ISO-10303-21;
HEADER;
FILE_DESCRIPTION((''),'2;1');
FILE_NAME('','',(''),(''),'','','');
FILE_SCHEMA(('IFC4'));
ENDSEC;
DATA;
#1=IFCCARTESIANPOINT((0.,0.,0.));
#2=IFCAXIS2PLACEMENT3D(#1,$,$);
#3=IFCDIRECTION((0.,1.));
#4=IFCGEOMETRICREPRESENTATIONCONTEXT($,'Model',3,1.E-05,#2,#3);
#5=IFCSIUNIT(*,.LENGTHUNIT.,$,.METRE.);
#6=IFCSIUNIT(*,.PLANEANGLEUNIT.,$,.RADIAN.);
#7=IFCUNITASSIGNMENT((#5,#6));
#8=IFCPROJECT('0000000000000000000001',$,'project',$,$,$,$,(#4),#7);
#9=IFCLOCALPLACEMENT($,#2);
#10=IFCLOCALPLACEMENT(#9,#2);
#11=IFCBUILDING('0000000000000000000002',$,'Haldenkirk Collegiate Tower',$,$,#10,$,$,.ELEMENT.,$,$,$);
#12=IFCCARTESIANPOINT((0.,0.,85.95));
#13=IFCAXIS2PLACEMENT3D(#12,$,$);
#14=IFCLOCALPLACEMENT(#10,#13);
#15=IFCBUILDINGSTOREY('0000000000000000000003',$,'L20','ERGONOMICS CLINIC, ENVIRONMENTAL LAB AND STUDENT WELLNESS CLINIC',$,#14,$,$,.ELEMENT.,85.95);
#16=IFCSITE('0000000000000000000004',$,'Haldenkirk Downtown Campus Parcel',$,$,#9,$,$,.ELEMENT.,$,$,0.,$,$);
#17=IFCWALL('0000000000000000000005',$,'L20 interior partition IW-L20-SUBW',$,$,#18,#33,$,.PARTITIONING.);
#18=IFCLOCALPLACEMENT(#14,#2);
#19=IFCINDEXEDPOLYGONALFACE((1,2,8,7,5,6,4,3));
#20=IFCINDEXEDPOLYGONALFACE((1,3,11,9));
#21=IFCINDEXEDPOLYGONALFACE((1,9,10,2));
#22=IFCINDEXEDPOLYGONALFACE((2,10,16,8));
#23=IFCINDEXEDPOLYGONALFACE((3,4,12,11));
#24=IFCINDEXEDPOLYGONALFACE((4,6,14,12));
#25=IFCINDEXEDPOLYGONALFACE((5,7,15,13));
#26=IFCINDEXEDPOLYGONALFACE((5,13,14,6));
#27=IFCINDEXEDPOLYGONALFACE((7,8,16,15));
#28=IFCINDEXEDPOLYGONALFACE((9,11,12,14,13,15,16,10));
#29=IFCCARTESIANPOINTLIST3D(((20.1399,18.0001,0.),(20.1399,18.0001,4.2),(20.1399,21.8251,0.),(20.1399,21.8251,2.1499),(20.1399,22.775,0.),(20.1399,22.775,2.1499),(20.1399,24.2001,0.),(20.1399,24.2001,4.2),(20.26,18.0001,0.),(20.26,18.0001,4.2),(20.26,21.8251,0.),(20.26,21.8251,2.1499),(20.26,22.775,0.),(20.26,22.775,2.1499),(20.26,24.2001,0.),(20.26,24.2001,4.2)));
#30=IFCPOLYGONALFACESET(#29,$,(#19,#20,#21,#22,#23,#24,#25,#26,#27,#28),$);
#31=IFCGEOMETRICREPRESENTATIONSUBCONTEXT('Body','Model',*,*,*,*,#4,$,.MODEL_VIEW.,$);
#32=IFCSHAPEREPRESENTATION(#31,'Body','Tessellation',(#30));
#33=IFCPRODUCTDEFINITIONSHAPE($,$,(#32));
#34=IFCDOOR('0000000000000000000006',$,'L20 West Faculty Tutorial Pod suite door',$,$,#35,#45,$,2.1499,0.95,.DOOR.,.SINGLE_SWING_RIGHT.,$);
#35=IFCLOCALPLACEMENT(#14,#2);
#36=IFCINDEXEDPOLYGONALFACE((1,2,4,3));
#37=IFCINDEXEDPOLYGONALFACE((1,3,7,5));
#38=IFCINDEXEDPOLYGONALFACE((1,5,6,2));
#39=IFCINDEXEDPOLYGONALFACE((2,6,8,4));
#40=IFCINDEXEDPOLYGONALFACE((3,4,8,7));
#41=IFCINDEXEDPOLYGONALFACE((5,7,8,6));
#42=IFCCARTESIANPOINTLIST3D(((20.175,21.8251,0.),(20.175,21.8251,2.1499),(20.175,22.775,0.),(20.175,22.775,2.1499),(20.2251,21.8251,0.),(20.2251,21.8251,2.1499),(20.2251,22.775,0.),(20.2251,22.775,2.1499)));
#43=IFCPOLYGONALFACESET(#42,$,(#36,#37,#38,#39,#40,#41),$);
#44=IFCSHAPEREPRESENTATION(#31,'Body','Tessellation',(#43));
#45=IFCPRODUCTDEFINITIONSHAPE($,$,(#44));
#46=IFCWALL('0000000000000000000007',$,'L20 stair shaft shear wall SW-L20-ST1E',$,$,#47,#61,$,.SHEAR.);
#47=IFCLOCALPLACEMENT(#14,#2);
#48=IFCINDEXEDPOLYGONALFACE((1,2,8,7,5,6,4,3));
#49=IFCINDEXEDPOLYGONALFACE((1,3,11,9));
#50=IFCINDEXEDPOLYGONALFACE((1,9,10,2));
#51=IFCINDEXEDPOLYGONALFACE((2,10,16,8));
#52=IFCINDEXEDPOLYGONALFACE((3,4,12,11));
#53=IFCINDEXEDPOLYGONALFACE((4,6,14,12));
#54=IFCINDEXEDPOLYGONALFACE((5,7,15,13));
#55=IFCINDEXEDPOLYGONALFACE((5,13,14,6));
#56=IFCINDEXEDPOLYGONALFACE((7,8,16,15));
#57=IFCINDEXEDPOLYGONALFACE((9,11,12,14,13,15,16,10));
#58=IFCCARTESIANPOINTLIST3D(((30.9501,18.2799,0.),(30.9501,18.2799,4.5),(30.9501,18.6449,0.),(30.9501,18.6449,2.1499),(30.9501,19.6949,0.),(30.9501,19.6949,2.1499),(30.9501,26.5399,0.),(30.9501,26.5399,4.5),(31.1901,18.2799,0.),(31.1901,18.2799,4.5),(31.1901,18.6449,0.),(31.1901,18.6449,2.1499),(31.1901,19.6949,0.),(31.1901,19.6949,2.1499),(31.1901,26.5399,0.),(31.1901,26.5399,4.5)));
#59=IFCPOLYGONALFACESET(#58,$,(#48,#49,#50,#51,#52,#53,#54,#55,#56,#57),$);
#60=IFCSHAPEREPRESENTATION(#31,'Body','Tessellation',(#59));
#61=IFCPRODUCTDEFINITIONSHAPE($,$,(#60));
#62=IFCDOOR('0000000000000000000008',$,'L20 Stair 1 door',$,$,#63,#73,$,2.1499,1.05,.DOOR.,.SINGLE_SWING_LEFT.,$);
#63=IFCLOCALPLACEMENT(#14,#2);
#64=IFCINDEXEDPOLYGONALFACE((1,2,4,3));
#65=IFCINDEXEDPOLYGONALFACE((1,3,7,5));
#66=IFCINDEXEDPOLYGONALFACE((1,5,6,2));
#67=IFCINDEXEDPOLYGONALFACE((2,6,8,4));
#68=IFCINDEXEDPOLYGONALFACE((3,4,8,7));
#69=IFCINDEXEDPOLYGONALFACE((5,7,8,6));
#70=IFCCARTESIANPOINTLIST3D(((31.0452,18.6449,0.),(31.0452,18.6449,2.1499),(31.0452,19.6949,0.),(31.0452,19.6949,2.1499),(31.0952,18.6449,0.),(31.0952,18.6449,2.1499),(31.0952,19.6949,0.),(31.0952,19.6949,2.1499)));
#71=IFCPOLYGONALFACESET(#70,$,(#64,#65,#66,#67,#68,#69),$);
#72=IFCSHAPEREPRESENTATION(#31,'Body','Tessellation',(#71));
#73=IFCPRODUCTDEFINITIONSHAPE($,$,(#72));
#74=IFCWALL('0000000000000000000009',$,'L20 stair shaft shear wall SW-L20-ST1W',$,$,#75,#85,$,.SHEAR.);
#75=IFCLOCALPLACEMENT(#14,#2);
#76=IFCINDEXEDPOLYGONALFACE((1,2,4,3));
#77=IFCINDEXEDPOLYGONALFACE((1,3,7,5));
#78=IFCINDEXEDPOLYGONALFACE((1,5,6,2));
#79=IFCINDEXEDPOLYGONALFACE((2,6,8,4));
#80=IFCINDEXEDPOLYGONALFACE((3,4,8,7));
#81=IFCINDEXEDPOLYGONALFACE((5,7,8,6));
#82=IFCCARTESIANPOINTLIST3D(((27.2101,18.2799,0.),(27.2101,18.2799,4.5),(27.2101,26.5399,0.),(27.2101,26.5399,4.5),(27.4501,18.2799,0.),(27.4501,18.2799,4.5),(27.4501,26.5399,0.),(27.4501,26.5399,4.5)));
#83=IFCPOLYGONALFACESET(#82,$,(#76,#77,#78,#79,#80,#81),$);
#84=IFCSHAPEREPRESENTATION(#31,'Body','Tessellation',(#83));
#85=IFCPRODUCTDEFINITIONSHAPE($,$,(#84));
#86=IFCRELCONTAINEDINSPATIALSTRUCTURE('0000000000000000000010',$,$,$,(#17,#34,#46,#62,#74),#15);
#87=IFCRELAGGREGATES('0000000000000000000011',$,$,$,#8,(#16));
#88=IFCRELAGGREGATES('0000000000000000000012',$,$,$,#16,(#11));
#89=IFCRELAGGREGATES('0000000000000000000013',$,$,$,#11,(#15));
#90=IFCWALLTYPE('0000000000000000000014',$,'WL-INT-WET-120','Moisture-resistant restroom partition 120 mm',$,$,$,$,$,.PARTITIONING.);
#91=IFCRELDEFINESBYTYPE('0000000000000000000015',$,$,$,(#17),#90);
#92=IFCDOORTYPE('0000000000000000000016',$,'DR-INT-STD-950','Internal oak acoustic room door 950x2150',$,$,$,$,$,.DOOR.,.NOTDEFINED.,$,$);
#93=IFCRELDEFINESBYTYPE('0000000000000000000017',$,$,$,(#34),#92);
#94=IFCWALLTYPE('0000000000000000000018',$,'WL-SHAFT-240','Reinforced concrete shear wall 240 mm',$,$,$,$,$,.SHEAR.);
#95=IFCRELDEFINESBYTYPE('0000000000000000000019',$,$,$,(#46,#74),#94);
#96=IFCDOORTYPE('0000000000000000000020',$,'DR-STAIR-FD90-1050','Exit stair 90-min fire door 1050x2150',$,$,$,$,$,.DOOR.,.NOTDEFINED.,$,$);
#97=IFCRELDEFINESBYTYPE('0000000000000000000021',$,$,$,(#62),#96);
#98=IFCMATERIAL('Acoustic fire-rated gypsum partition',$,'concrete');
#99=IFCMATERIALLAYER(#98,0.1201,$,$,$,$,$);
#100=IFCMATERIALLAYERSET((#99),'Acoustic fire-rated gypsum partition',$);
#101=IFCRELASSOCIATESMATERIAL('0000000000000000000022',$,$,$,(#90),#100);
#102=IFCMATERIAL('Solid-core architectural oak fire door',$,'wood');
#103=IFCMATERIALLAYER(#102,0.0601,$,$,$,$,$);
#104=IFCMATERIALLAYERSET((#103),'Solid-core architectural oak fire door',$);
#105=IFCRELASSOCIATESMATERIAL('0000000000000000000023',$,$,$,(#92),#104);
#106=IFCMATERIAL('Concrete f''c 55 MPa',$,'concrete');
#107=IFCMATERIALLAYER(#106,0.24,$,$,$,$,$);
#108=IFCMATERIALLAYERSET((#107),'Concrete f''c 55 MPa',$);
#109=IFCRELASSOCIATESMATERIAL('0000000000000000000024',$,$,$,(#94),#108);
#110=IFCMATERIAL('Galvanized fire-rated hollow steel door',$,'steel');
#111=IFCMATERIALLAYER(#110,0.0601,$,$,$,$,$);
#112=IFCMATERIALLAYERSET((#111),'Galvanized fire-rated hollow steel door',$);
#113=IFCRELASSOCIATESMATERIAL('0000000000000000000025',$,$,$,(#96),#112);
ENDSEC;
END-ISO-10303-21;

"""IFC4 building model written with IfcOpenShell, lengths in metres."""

from ifc_helpers import new_model, si_unit, direction, frame, frame_2d, origin, place, context, subcontext, project, spatial, rectangle, extrude, material, layer, layer_set, type_object, element, fill, save


model = new_model("IFC4")

# Units and contexts
model_context = context("Model", 3, precision=1e-05, world=origin(), true_north=direction((0.0, 1.0)))
body_context = subcontext(model_context, "Body", "Model", "MODEL_VIEW")
ifc_project = project(units=[si_unit("LENGTHUNIT", "METRE"), si_unit("PLANEANGLEUNIT", "RADIAN")], contexts=[model_context])

# Site, building, storey
site_placement = place(None, origin())
site = spatial("IfcSite", under=ifc_project, at=site_placement, Name="Haldenkirk Downtown Campus Parcel", CompositionType="ELEMENT", RefElevation=0.0)
building_placement = place(site_placement, origin())
building = spatial("IfcBuilding", under=site, at=building_placement, Name="Haldenkirk Collegiate Tower", CompositionType="ELEMENT")
storey_placement = place(building_placement, frame((0.0, 0.0, 85.95)))
storey = spatial("IfcBuildingStorey", under=building, at=storey_placement, Name="L20", Description="ERGONOMICS CLINIC, ENVIRONMENTAL LAB AND STUDENT WELLNESS CLINIC", CompositionType="ELEMENT", Elevation=85.95)

# Shared definitions
ifc_material_1 = material(Name="Galvanized fire-rated hollow steel door", Category="steel")

# Shared definitions
ifc_material_2 = material(Name="Acoustic fire-rated gypsum partition", Category="concrete")
ifc_material_3 = material(Name="Solid-core architectural oak fire door", Category="wood")

# Shared definitions
ifc_layer_1 = layer(ifc_material_2, 0.1201)
ifc_layer_set_1 = layer_set([ifc_layer_1], Name="Acoustic fire-rated gypsum partition")
wall_type_1 = type_object("IfcWallType", Name="WL-INT-WET-120", Description="Moisture-resistant restroom partition 120 mm", PredefinedType="PARTITIONING", material=ifc_layer_set_1)

# Walls, openings, doors
wall_1_placement = place(storey_placement, frame((20.2, 18.0, 0.0), z_axis=(0.0, 0.0, 1.0), x_axis=(0.0, 1.0, 0.0)))
wall_1 = element("IfcWall", 1, at=wall_1_placement, inside=storey, type_object=wall_type_1, Name="L20 interior partition IW-L20-SUBW", PredefinedType="PARTITIONING", context=body_context, shape_type="SweptSolid", body=[
    extrude(rectangle(XDim=6.2, YDim=0.1201, at=frame_2d((3.1001, 0.0))), origin(), (0.0, 0.0, 1.0), 4.2),
])
opening_1_placement = place(wall_1_placement, frame((3.825, 0.0, 0.0)))
opening_1 = element("IfcOpeningElement", 2, at=opening_1_placement, cuts=wall_1, PredefinedType="OPENING", context=body_context, shape_type="SweptSolid", body=[
    extrude(rectangle(XDim=0.95, YDim=2.1499, at=frame_2d((0.4751, 1.075))), frame((0.0, 0.0701, 0.0), z_axis=(0.0, -1.0, 0.0), x_axis=(1.0, 0.0, 0.0)), (0.0, 0.0, 1.0), 0.1401),
])
ifc_layer_2 = layer(ifc_material_3, 0.0601)
ifc_layer_set_2 = layer_set([ifc_layer_2], Name="Solid-core architectural oak fire door")
door_type_1 = type_object("IfcDoorType", Name="DR-INT-STD-950", Description="Internal oak acoustic room door 950x2150", OperationType="NOTDEFINED", PredefinedType="DOOR", material=ifc_layer_set_2)
door_1_placement = place(opening_1_placement, origin())
door_1 = element("IfcDoor", 3, at=door_1_placement, inside=storey, type_object=door_type_1, Name="L20 West Faculty Tutorial Pod suite door", OperationType="SINGLE_SWING_RIGHT", OverallHeight=2.1499, OverallWidth=0.95, PredefinedType="DOOR", context=body_context, shape_type="SweptSolid", body=[
    extrude(rectangle(XDim=0.95, YDim=2.1499, at=frame_2d((0.4751, 1.075))), frame((0.0, 0.0249, 0.0), z_axis=(0.0, -1.0, 0.0), x_axis=(1.0, 0.0, 0.0)), (0.0, 0.0, 1.0), 0.05),
])
fill(opening_1, door_1)
ifc_material_4 = material(Name="Concrete f'c 55 MPa", Category="concrete")
ifc_layer_3 = layer(ifc_material_4, 0.24)
ifc_layer_set_3 = layer_set([ifc_layer_3], Name="Concrete f'c 55 MPa")
wall_type_2 = type_object("IfcWallType", Name="WL-SHAFT-240", Description="Reinforced concrete shear wall 240 mm", PredefinedType="SHEAR", material=ifc_layer_set_3)
wall_2_placement = place(storey_placement, frame((31.0701, 18.28, 0.0), z_axis=(0.0, 0.0, 1.0), x_axis=(0.0, 1.0, 0.0)))
wall_2 = element("IfcWall", 4, at=wall_2_placement, inside=storey, type_object=wall_type_2, Name="L20 stair shaft shear wall SW-L20-ST1E", PredefinedType="SHEAR", context=body_context, shape_type="SweptSolid", body=[
    extrude(rectangle(XDim=8.26, YDim=0.24, at=frame_2d((4.1299, 0.0))), origin(), (0.0, 0.0, 1.0), 4.5),
])
opening_2_placement = place(wall_2_placement, frame((0.365, 0.0, 0.0)))
opening_2 = element("IfcOpeningElement", 5, at=opening_2_placement, cuts=wall_2, PredefinedType="OPENING", context=body_context, shape_type="SweptSolid", body=[
    extrude(rectangle(XDim=1.05, YDim=2.1499, at=frame_2d((0.5249, 1.075))), frame((0.0, 0.1299, 0.0), z_axis=(0.0, -1.0, 0.0), x_axis=(1.0, 0.0, 0.0)), (0.0, 0.0, 1.0), 0.26),
])
ifc_layer_4 = layer(ifc_material_1, 0.0601)
ifc_layer_set_4 = layer_set([ifc_layer_4], Name="Galvanized fire-rated hollow steel door")
door_type_2 = type_object("IfcDoorType", Name="DR-STAIR-FD90-1050", Description="Exit stair 90-min fire door 1050x2150", OperationType="NOTDEFINED", PredefinedType="DOOR", material=ifc_layer_set_4)
door_2_placement = place(opening_2_placement, origin())
door_2 = element("IfcDoor", 6, at=door_2_placement, inside=storey, type_object=door_type_2, Name="L20 Stair 1 door", OperationType="SINGLE_SWING_LEFT", OverallHeight=2.1499, OverallWidth=1.05, PredefinedType="DOOR", context=body_context, shape_type="SweptSolid", body=[
    extrude(rectangle(XDim=1.05, YDim=2.1499, at=frame_2d((0.5249, 1.075))), frame((0.0, 0.0249, 0.0), z_axis=(0.0, -1.0, 0.0), x_axis=(1.0, 0.0, 0.0)), (0.0, 0.0, 1.0), 0.05),
])
fill(opening_2, door_2)

# Wall
wall_3_placement = place(storey_placement, frame((27.3301, 18.28, 0.0), z_axis=(0.0, 0.0, 1.0), x_axis=(0.0, 1.0, 0.0)))
element("IfcWall", 7, at=wall_3_placement, inside=storey, type_object=wall_type_2, Name="L20 stair shaft shear wall SW-L20-ST1W", PredefinedType="SHEAR", context=body_context, shape_type="SweptSolid", body=[
    extrude(rectangle(XDim=8.26, YDim=0.24, at=frame_2d((4.1299, 0.0))), origin(), (0.0, 0.0, 1.0), 4.5),
])

save(model, "model.ifc")
